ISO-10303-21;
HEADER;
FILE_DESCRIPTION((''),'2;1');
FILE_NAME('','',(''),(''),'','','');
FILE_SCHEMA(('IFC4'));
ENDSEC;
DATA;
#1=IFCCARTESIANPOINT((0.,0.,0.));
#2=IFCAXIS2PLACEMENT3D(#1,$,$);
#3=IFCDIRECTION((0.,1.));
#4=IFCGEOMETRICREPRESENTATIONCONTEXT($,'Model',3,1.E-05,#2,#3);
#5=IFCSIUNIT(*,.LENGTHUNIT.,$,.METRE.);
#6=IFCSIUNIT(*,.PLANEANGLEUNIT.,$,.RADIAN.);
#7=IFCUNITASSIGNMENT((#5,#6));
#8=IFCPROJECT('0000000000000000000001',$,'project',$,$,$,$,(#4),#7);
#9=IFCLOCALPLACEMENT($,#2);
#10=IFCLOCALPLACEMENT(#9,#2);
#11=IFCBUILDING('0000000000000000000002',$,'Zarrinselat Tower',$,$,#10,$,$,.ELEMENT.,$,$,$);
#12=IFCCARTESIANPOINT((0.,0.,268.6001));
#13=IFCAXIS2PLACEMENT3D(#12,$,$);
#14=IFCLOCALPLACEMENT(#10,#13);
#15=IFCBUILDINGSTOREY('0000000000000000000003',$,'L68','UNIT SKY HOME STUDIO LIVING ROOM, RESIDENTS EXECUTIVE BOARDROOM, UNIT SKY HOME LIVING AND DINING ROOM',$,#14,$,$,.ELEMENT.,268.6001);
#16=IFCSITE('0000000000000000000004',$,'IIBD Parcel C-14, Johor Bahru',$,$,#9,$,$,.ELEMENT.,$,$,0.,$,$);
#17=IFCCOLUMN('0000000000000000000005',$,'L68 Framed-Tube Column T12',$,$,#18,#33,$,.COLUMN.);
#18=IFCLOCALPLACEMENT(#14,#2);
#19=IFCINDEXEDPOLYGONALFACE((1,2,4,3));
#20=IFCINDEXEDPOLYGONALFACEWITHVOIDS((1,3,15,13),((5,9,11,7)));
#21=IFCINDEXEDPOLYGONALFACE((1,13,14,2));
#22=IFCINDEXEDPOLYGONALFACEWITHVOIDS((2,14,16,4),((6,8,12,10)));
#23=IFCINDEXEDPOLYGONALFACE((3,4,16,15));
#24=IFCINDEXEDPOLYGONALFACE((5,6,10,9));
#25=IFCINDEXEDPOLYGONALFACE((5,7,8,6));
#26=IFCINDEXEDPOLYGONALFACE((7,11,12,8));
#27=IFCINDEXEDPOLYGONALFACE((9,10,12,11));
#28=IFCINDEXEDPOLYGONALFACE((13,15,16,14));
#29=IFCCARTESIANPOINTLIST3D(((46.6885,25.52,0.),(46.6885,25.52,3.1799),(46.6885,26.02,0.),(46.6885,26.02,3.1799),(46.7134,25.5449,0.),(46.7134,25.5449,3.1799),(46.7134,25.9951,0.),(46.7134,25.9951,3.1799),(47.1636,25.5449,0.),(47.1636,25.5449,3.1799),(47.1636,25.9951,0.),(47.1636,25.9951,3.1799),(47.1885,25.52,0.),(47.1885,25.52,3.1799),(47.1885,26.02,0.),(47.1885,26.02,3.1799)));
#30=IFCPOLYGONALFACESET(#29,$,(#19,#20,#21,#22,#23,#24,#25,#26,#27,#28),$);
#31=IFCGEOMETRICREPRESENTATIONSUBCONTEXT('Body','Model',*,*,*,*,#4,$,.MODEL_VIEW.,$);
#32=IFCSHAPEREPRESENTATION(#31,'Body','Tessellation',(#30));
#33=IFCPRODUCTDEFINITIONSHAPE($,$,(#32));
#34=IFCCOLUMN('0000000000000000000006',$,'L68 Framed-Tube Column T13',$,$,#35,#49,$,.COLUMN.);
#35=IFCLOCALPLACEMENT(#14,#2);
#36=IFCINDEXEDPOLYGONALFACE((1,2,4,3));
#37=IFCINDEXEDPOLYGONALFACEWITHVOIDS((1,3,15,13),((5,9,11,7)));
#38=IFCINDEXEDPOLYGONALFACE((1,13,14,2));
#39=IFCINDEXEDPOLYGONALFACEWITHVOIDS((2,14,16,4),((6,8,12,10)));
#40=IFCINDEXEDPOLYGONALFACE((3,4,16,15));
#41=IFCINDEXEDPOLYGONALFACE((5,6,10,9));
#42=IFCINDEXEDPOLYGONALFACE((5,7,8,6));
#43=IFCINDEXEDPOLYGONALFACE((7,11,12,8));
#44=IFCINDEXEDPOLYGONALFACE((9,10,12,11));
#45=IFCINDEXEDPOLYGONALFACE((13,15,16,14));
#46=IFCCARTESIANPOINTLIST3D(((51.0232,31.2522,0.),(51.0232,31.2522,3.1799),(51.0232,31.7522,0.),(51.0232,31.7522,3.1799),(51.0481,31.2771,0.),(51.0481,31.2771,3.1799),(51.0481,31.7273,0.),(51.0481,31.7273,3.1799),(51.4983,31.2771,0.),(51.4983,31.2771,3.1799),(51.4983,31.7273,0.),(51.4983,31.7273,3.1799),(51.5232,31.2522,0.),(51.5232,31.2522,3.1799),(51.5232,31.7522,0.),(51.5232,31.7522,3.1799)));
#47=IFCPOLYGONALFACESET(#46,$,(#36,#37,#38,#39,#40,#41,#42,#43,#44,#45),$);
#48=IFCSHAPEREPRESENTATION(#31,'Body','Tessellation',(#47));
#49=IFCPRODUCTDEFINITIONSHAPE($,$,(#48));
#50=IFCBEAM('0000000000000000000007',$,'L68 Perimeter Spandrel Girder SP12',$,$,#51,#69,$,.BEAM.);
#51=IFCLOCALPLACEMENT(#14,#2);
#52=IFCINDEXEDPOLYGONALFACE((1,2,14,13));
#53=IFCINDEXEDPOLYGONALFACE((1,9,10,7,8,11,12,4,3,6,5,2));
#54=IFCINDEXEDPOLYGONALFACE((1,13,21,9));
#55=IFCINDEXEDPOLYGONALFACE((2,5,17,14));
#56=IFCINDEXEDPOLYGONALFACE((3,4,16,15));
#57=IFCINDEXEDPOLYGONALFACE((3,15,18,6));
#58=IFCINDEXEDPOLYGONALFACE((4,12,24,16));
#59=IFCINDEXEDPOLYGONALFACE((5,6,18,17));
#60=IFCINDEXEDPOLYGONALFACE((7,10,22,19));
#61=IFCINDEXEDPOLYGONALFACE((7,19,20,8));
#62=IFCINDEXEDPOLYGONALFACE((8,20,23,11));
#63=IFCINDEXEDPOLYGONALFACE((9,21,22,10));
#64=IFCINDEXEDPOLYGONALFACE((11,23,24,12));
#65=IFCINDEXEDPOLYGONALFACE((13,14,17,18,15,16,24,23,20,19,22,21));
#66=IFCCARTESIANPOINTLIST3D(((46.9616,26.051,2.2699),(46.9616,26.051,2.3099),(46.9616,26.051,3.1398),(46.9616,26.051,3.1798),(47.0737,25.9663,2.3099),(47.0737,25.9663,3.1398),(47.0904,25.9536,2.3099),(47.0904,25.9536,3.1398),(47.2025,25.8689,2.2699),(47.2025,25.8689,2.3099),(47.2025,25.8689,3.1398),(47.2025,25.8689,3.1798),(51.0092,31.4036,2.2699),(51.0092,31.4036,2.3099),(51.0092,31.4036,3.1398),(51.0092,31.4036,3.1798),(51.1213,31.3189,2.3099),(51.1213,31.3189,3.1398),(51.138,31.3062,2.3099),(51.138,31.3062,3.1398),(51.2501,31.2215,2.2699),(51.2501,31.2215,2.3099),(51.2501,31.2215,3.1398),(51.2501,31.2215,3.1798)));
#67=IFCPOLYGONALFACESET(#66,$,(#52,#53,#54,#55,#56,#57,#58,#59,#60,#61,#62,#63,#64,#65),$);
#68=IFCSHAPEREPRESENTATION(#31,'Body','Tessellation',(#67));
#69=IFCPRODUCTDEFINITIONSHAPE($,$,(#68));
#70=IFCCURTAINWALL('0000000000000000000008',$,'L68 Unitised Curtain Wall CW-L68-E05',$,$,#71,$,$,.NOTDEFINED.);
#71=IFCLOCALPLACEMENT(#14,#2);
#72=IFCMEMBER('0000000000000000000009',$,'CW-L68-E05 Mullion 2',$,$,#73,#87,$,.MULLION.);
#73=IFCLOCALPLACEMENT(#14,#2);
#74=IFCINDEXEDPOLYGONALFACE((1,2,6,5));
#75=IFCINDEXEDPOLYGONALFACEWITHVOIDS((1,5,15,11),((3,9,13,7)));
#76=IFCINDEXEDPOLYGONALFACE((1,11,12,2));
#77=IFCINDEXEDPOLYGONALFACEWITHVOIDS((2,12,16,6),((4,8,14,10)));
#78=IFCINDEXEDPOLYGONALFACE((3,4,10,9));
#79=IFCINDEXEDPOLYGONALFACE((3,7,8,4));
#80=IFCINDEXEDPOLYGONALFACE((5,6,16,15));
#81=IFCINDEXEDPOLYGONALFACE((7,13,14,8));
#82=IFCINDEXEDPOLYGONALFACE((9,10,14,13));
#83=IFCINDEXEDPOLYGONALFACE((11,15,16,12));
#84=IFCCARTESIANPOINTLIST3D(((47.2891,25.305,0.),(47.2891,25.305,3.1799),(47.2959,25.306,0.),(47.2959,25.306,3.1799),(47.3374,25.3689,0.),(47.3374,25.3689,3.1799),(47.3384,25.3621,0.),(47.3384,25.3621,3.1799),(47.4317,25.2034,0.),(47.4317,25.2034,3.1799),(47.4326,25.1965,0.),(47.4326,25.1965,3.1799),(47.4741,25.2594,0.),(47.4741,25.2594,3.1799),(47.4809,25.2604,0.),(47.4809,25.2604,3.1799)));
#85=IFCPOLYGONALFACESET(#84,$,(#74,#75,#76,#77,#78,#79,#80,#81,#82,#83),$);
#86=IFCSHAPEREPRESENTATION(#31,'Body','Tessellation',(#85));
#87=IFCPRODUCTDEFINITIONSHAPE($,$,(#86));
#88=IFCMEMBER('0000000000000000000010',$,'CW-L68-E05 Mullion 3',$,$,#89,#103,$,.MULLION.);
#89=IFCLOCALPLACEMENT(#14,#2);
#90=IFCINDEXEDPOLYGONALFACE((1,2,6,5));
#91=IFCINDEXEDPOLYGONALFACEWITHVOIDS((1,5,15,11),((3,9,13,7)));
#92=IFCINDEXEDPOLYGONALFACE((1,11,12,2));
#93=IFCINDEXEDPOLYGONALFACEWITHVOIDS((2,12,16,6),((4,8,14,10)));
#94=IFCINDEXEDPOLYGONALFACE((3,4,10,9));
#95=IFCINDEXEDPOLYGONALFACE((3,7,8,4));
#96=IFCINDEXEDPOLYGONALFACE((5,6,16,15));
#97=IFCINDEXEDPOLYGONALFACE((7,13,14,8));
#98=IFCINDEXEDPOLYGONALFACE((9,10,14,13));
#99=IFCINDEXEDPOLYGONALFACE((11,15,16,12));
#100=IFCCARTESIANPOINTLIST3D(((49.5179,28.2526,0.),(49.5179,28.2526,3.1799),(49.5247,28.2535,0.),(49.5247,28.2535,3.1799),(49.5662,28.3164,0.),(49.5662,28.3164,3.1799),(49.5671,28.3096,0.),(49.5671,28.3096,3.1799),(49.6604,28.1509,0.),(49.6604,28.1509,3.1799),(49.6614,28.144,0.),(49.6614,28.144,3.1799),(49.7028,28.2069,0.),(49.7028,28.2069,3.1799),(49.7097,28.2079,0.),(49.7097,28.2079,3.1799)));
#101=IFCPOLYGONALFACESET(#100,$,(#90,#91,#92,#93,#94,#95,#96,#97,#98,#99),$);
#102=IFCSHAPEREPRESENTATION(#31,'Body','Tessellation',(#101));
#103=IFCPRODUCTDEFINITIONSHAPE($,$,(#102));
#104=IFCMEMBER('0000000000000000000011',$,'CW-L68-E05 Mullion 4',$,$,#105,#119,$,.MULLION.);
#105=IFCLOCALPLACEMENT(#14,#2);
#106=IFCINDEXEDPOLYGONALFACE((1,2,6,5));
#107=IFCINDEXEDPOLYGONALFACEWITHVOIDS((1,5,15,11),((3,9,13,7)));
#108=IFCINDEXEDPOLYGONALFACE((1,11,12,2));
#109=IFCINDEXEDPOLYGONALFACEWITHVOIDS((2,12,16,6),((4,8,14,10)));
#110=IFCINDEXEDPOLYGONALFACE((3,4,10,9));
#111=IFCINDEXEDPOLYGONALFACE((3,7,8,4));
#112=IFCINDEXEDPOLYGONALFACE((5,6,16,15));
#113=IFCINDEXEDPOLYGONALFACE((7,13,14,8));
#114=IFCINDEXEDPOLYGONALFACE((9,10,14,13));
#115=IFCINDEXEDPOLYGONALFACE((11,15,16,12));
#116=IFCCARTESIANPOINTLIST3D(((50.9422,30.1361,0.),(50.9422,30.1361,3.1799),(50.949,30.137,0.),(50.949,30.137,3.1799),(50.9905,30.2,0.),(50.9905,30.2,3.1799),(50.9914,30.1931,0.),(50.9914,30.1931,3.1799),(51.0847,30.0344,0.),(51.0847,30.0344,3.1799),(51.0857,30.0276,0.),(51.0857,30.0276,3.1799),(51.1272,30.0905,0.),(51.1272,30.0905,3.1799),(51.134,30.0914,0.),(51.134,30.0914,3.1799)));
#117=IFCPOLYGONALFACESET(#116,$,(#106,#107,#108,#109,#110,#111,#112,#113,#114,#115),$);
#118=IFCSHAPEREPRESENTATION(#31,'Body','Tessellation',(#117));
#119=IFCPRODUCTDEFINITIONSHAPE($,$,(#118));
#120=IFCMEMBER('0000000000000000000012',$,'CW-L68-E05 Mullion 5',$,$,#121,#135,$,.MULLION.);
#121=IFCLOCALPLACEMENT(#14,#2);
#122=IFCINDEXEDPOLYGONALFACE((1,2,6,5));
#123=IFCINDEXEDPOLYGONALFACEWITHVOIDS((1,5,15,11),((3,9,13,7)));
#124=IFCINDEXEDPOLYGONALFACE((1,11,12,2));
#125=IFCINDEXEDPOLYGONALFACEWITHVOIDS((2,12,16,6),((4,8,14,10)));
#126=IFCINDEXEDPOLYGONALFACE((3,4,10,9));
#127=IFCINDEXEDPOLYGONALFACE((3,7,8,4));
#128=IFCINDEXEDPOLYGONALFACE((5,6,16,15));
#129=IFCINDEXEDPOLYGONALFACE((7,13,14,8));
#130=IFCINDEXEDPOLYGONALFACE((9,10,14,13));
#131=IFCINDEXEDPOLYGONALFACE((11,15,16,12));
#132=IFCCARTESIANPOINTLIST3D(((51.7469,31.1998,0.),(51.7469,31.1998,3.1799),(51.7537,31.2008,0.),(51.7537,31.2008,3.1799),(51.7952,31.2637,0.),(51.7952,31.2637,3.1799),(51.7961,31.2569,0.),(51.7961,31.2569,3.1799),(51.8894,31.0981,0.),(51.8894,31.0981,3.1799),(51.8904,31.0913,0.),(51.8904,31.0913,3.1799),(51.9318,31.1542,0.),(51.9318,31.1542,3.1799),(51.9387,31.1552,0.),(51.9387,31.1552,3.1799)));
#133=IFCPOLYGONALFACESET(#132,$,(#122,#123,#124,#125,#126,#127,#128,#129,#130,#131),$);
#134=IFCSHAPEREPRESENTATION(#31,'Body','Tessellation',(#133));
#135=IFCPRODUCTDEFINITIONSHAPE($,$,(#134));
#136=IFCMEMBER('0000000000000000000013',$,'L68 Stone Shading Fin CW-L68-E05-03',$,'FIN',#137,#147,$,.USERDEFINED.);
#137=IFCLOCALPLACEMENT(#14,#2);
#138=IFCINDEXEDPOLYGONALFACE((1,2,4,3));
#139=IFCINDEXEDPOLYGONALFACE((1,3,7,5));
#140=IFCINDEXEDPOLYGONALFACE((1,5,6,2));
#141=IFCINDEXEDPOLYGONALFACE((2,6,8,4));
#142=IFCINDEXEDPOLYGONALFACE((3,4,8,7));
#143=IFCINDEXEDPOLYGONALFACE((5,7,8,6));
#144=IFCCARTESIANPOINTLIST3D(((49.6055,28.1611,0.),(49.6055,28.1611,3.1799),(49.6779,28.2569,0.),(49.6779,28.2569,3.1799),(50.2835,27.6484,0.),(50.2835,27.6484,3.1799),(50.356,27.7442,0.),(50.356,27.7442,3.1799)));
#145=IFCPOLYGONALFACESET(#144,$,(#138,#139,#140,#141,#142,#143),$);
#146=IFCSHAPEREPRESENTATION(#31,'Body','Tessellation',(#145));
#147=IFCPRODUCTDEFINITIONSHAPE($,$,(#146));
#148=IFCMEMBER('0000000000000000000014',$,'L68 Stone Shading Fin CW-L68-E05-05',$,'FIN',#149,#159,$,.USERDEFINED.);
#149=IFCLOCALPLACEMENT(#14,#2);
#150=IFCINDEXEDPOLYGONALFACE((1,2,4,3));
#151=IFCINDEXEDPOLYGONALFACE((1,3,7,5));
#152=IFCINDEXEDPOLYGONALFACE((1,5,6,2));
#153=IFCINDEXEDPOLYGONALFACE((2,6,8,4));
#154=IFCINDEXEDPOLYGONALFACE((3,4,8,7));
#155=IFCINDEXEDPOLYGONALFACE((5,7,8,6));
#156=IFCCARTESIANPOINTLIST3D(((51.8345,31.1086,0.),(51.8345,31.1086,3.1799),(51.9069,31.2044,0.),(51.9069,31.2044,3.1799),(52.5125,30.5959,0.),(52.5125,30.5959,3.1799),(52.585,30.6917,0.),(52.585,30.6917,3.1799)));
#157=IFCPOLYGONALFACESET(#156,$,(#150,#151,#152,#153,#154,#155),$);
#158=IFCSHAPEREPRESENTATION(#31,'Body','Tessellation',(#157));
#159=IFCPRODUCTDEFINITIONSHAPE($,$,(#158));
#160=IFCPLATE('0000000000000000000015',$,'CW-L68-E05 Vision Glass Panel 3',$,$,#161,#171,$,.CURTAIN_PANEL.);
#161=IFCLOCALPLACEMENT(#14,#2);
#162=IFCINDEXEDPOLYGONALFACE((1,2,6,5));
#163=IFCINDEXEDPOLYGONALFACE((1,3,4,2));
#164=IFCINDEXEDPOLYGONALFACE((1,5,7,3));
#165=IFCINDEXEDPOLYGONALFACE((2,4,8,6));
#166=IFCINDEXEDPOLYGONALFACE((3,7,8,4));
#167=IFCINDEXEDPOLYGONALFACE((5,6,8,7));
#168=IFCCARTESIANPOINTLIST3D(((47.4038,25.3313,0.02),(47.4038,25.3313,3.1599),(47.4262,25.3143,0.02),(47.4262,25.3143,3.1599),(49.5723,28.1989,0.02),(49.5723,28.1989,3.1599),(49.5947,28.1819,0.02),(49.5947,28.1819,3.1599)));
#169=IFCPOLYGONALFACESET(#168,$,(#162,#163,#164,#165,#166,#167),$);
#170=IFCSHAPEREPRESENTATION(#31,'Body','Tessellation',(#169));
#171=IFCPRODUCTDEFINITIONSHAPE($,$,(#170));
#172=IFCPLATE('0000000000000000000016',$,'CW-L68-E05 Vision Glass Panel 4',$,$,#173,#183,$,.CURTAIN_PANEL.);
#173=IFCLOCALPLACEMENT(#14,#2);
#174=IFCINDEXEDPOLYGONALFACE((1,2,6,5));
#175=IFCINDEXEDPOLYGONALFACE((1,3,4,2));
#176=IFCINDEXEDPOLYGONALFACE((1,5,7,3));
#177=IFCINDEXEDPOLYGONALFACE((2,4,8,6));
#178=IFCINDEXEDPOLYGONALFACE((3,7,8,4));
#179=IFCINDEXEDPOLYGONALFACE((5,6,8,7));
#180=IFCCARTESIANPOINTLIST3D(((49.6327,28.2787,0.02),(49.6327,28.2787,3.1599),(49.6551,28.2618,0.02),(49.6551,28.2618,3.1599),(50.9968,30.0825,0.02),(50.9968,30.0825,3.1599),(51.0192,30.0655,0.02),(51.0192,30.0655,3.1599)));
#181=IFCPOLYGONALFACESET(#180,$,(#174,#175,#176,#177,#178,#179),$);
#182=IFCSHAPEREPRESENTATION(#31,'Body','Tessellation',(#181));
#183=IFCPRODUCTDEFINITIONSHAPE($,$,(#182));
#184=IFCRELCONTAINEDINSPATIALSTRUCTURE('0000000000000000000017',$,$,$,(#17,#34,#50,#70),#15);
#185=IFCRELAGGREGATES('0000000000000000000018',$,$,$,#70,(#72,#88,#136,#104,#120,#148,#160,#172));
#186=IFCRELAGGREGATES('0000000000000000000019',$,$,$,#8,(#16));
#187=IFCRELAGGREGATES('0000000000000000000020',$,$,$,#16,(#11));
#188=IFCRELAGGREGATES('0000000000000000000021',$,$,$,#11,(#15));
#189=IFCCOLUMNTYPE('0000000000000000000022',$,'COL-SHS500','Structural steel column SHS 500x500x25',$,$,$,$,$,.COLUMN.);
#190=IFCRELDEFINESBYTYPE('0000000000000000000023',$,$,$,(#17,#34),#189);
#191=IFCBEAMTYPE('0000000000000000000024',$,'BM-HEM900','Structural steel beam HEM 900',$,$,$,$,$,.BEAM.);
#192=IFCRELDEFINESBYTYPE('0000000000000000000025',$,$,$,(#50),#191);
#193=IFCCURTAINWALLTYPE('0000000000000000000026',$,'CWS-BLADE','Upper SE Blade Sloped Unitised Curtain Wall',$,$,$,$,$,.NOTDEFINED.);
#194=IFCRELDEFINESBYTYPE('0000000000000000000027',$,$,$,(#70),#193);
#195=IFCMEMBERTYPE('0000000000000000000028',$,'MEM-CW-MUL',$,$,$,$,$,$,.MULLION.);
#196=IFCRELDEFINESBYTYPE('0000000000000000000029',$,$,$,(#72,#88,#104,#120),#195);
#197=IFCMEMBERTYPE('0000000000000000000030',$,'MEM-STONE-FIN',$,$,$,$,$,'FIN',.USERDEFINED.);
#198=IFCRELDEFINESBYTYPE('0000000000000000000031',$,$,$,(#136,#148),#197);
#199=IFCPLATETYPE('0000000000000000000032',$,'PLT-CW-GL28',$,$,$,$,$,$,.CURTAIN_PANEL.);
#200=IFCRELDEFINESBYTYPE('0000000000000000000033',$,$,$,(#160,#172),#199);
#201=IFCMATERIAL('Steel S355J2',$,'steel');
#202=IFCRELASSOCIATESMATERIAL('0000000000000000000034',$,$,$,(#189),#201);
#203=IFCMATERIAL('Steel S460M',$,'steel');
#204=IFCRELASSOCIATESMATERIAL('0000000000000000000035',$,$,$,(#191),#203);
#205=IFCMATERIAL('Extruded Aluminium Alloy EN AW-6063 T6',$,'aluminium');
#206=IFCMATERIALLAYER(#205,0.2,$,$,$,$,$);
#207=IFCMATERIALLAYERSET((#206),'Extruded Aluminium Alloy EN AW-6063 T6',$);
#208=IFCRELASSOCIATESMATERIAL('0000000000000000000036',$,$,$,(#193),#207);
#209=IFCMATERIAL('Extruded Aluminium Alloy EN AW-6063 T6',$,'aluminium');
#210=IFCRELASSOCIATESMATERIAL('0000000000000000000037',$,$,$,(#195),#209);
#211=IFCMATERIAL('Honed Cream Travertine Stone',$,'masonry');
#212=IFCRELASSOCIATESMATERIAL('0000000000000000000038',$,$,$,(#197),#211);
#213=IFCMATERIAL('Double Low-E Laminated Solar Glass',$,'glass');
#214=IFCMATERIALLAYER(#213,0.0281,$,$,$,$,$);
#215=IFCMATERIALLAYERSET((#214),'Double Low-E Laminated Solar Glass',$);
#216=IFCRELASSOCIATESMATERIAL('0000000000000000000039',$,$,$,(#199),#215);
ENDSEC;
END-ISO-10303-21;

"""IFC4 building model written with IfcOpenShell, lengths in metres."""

from ifc_helpers import new_model, si_unit, direction, frame, origin, origin_2d, place, context, subcontext, project, spatial, rectangle, hollow_rectangle, i_section, extrude, material, layer, layer_set, material_profile, profile_set, type_object, element, aggregate, save


model = new_model("IFC4")

# Units and contexts
model_context = context("Model", 3, precision=1e-05, world=origin(), true_north=direction((0.0, 1.0)))
body_context = subcontext(model_context, "Body", "Model", "MODEL_VIEW")
ifc_project = project(units=[si_unit("LENGTHUNIT", "METRE"), si_unit("PLANEANGLEUNIT", "RADIAN")], contexts=[model_context])

# Site, building, storey
site_placement = place(None, origin())
site = spatial("IfcSite", under=ifc_project, at=site_placement, Name="IIBD Parcel C-14, Johor Bahru", CompositionType="ELEMENT", RefElevation=0.0)
building_placement = place(site_placement, origin())
building = spatial("IfcBuilding", under=site, at=building_placement, Name="Zarrinselat Tower", CompositionType="ELEMENT")
storey_placement = place(building_placement, frame((0.0, 0.0, 268.6001)))
storey = spatial("IfcBuildingStorey", under=building, at=storey_placement, Name="L68", Description="UNIT SKY HOME STUDIO LIVING ROOM, RESIDENTS EXECUTIVE BOARDROOM, UNIT SKY HOME LIVING AND DINING ROOM", CompositionType="ELEMENT", Elevation=268.6001)

# Columns
ifc_material_1 = material(Name="Steel S355J2", Category="steel")
ifc_material_profile_1 = material_profile(ifc_material_1, hollow_rectangle(XDim=0.5, YDim=0.5, WallThickness=0.0249, at=origin_2d()), Name="SHS 500x500x25")
ifc_profile_set_1 = profile_set([ifc_material_profile_1], Name="Steel S355J2")
column_type = type_object("IfcColumnType", Name="COL-SHS500", Description="Structural steel column SHS 500x500x25", PredefinedType="COLUMN", material=ifc_profile_set_1)
for number, where, z_axis, x_axis, name in (
    (1, (46.9385, 25.77, 0.0), (0.0, 0.0, 1.0), (1.0, 0.0, 0.0), "L68 Framed-Tube Column T12"),
    (2, (51.2732, 31.5022, 0.0), (0.0, 0.0, 1.0), (1.0, 0.0, 0.0), "L68 Framed-Tube Column T13"),
):
    element("IfcColumn", number, at=place(storey_placement, frame(where, z_axis=z_axis, x_axis=x_axis)), inside=storey, type_object=column_type, Name=name, PredefinedType="COLUMN", context=body_context, shape_type="SweptSolid", body=[
        extrude(hollow_rectangle(XDim=0.5, YDim=0.5, WallThickness=0.0249, at=origin_2d()), origin(), (0.0, 0.0, 1.0), 3.1799),
    ])

# Beam
ifc_material_2 = material(Name="Steel S460M", Category="steel")
ifc_material_profile_2 = material_profile(ifc_material_2, i_section(OverallWidth=0.302, OverallDepth=0.9099, WebThickness=0.021, FlangeThickness=0.04, at=origin_2d()), Name="HEM 900")
ifc_profile_set_2 = profile_set([ifc_material_profile_2], Name="Steel S460M")
beam_type = type_object("IfcBeamType", Name="BM-HEM900", Description="Structural steel beam HEM 900", PredefinedType="BEAM", material=ifc_profile_set_2)
beam_placement = place(storey_placement, frame((47.082, 25.96, 2.7249), z_axis=(0.603162, 0.797619, 0.0), x_axis=(-0.797619, 0.603162, 0.0)))
element("IfcBeam", 3, at=beam_placement, inside=storey, type_object=beam_type, Name="L68 Perimeter Spandrel Girder SP12", PredefinedType="BEAM", context=body_context, shape_type="SweptSolid", body=[
    extrude(i_section(OverallWidth=0.302, OverallDepth=0.9099, WebThickness=0.021, FlangeThickness=0.04, at=origin_2d()), origin(), (0.0, 0.0, 1.0), 6.7107),
])

# Curtain wall, members, plates
ifc_material_3 = material(Name="Extruded Aluminium Alloy EN AW-6063 T6", Category="aluminium")
ifc_layer_1 = layer(ifc_material_3, 0.2)
ifc_layer_set_1 = layer_set([ifc_layer_1], Name="Extruded Aluminium Alloy EN AW-6063 T6")
curtain_wall_type = type_object("IfcCurtainWallType", Name="CWS-BLADE", Description="Upper SE Blade Sloped Unitised Curtain Wall", PredefinedType="NOTDEFINED", material=ifc_layer_set_1)
curtain_wall_placement = place(storey_placement, origin())
curtain_wall = element("IfcCurtainWall", 4, at=curtain_wall_placement, inside=storey, type_object=curtain_wall_type, Name="L68 Unitised Curtain Wall CW-L68-E05", PredefinedType="NOTDEFINED")
ifc_material_4 = material(Name="Extruded Aluminium Alloy EN AW-6063 T6", Category="aluminium")
ifc_material_profile_3 = material_profile(ifc_material_4, hollow_rectangle(XDim=0.0801, YDim=0.1799, WallThickness=0.0049, at=origin_2d()), Name="RHS 180x80x5")
ifc_profile_set_3 = profile_set([ifc_material_profile_3], Name="Extruded Aluminium Alloy EN AW-6063 T6")
member_type_1 = type_object("IfcMemberType", Name="MEM-CW-MUL", PredefinedType="MULLION", material=ifc_profile_set_3)
member_1_placement = place(storey_placement, frame((47.385, 25.2827, 0.0), z_axis=(0.0, 0.0, 1.0), x_axis=(0.60317, 0.797613, 0.0)))
member_1 = element("IfcMember", 5, at=member_1_placement, type_object=member_type_1, Name="CW-L68-E05 Mullion 2", PredefinedType="MULLION", context=body_context, shape_type="SweptSolid", body=[
    extrude(hollow_rectangle(XDim=0.0801, YDim=0.1799, WallThickness=0.0049, at=origin_2d()), origin(), (0.0, 0.0, 1.0), 3.1799),
])
member_2_placement = place(storey_placement, frame((49.6138, 28.2302, 0.0), z_axis=(0.0, 0.0, 1.0), x_axis=(0.60317, 0.797613, 0.0)))
member_2 = element("IfcMember", 6, at=member_2_placement, type_object=member_type_1, Name="CW-L68-E05 Mullion 3", PredefinedType="MULLION", context=body_context, shape_type="SweptSolid", body=[
    extrude(hollow_rectangle(XDim=0.0801, YDim=0.1799, WallThickness=0.0049, at=origin_2d()), origin(), (0.0, 0.0, 1.0), 3.1799),
])
member_3_placement = place(storey_placement, frame((51.0381, 30.1138, 0.0), z_axis=(0.0, 0.0, 1.0), x_axis=(0.60317, 0.797613, 0.0)))
member_3 = element("IfcMember", 7, at=member_3_placement, type_object=member_type_1, Name="CW-L68-E05 Mullion 4", PredefinedType="MULLION", context=body_context, shape_type="SweptSolid", body=[
    extrude(hollow_rectangle(XDim=0.0801, YDim=0.1799, WallThickness=0.0049, at=origin_2d()), origin(), (0.0, 0.0, 1.0), 3.1799),
])
member_4_placement = place(storey_placement, frame((51.8428, 31.1775, 0.0), z_axis=(0.0, 0.0, 1.0), x_axis=(0.60317, 0.797613, 0.0)))
member_4 = element("IfcMember", 8, at=member_4_placement, type_object=member_type_1, Name="CW-L68-E05 Mullion 5", PredefinedType="MULLION", context=body_context, shape_type="SweptSolid", body=[
    extrude(hollow_rectangle(XDim=0.0801, YDim=0.1799, WallThickness=0.0049, at=origin_2d()), origin(), (0.0, 0.0, 1.0), 3.1799),
])
ifc_material_5 = material(Name="Honed Cream Travertine Stone", Category="masonry")
ifc_material_profile_4 = material_profile(ifc_material_5, rectangle(XDim=0.1201, YDim=0.8501, at=origin_2d()), Name="FIN 850x120")
ifc_profile_set_4 = profile_set([ifc_material_profile_4], Name="Honed Cream Travertine Stone")
member_type_2 = type_object("IfcMemberType", Name="MEM-STONE-FIN", ElementType="FIN", PredefinedType="USERDEFINED", material=ifc_profile_set_4)
member_5_placement = place(storey_placement, frame((49.9807, 27.9526, 0.0), z_axis=(0.0, 0.0, 1.0), x_axis=(-0.60317, -0.797613, 0.0)))
member_5 = element("IfcMember", 9, at=member_5_placement, type_object=member_type_2, Name="L68 Stone Shading Fin CW-L68-E05-03", ObjectType="FIN", PredefinedType="USERDEFINED", context=body_context, shape_type="SweptSolid", body=[
    extrude(rectangle(XDim=0.1201, YDim=0.8501, at=origin_2d()), origin(), (0.0, 0.0, 1.0), 3.1799),
])
member_6_placement = place(storey_placement, frame((52.2097, 30.9001, 0.0), z_axis=(0.0, 0.0, 1.0), x_axis=(-0.60317, -0.797613, 0.0)))
member_6 = element("IfcMember", 10, at=member_6_placement, type_object=member_type_2, Name="L68 Stone Shading Fin CW-L68-E05-05", ObjectType="FIN", PredefinedType="USERDEFINED", context=body_context, shape_type="SweptSolid", body=[
    extrude(rectangle(XDim=0.1201, YDim=0.8501, at=origin_2d()), origin(), (0.0, 0.0, 1.0), 3.1799),
])
ifc_material_6 = material(Name="Double Low-E Laminated Solar Glass", Category="glass")
ifc_layer_2 = layer(ifc_material_6, 0.0281)
ifc_layer_set_2 = layer_set([ifc_layer_2], Name="Double Low-E Laminated Solar Glass")
plate_type = type_object("IfcPlateType", Name="PLT-CW-GL28", PredefinedType="CURTAIN_PANEL", material=ifc_layer_set_2)
plate_1_placement = place(storey_placement, frame((48.4993, 26.7566, 0.02), z_axis=(0.0, 0.0, 1.0), x_axis=(0.60317, 0.797613, 0.0)))
plate_1 = element("IfcPlate", 11, at=plate_1_placement, type_object=plate_type, Name="CW-L68-E05 Vision Glass Panel 3", PredefinedType="CURTAIN_PANEL", context=body_context, shape_type="SweptSolid", body=[
    extrude(rectangle(XDim=3.5952, YDim=0.0281, at=origin_2d()), origin(), (0.0, 0.0, 1.0), 3.1399),
])
plate_2_placement = place(storey_placement, frame((50.3259, 29.1721, 0.02), z_axis=(0.0, 0.0, 1.0), x_axis=(0.60317, 0.797613, 0.0)))
plate_2 = element("IfcPlate", 12, at=plate_2_placement, type_object=plate_type, Name="CW-L68-E05 Vision Glass Panel 4", PredefinedType="CURTAIN_PANEL", context=body_context, shape_type="SweptSolid", body=[
    extrude(rectangle(XDim=2.2615, YDim=0.0281, at=origin_2d()), origin(), (0.0, 0.0, 1.0), 3.1399),
])
aggregate(curtain_wall, [member_1, member_2, member_5, member_3, member_4, member_6, plate_1, plate_2])

save(model, "model.ifc")
